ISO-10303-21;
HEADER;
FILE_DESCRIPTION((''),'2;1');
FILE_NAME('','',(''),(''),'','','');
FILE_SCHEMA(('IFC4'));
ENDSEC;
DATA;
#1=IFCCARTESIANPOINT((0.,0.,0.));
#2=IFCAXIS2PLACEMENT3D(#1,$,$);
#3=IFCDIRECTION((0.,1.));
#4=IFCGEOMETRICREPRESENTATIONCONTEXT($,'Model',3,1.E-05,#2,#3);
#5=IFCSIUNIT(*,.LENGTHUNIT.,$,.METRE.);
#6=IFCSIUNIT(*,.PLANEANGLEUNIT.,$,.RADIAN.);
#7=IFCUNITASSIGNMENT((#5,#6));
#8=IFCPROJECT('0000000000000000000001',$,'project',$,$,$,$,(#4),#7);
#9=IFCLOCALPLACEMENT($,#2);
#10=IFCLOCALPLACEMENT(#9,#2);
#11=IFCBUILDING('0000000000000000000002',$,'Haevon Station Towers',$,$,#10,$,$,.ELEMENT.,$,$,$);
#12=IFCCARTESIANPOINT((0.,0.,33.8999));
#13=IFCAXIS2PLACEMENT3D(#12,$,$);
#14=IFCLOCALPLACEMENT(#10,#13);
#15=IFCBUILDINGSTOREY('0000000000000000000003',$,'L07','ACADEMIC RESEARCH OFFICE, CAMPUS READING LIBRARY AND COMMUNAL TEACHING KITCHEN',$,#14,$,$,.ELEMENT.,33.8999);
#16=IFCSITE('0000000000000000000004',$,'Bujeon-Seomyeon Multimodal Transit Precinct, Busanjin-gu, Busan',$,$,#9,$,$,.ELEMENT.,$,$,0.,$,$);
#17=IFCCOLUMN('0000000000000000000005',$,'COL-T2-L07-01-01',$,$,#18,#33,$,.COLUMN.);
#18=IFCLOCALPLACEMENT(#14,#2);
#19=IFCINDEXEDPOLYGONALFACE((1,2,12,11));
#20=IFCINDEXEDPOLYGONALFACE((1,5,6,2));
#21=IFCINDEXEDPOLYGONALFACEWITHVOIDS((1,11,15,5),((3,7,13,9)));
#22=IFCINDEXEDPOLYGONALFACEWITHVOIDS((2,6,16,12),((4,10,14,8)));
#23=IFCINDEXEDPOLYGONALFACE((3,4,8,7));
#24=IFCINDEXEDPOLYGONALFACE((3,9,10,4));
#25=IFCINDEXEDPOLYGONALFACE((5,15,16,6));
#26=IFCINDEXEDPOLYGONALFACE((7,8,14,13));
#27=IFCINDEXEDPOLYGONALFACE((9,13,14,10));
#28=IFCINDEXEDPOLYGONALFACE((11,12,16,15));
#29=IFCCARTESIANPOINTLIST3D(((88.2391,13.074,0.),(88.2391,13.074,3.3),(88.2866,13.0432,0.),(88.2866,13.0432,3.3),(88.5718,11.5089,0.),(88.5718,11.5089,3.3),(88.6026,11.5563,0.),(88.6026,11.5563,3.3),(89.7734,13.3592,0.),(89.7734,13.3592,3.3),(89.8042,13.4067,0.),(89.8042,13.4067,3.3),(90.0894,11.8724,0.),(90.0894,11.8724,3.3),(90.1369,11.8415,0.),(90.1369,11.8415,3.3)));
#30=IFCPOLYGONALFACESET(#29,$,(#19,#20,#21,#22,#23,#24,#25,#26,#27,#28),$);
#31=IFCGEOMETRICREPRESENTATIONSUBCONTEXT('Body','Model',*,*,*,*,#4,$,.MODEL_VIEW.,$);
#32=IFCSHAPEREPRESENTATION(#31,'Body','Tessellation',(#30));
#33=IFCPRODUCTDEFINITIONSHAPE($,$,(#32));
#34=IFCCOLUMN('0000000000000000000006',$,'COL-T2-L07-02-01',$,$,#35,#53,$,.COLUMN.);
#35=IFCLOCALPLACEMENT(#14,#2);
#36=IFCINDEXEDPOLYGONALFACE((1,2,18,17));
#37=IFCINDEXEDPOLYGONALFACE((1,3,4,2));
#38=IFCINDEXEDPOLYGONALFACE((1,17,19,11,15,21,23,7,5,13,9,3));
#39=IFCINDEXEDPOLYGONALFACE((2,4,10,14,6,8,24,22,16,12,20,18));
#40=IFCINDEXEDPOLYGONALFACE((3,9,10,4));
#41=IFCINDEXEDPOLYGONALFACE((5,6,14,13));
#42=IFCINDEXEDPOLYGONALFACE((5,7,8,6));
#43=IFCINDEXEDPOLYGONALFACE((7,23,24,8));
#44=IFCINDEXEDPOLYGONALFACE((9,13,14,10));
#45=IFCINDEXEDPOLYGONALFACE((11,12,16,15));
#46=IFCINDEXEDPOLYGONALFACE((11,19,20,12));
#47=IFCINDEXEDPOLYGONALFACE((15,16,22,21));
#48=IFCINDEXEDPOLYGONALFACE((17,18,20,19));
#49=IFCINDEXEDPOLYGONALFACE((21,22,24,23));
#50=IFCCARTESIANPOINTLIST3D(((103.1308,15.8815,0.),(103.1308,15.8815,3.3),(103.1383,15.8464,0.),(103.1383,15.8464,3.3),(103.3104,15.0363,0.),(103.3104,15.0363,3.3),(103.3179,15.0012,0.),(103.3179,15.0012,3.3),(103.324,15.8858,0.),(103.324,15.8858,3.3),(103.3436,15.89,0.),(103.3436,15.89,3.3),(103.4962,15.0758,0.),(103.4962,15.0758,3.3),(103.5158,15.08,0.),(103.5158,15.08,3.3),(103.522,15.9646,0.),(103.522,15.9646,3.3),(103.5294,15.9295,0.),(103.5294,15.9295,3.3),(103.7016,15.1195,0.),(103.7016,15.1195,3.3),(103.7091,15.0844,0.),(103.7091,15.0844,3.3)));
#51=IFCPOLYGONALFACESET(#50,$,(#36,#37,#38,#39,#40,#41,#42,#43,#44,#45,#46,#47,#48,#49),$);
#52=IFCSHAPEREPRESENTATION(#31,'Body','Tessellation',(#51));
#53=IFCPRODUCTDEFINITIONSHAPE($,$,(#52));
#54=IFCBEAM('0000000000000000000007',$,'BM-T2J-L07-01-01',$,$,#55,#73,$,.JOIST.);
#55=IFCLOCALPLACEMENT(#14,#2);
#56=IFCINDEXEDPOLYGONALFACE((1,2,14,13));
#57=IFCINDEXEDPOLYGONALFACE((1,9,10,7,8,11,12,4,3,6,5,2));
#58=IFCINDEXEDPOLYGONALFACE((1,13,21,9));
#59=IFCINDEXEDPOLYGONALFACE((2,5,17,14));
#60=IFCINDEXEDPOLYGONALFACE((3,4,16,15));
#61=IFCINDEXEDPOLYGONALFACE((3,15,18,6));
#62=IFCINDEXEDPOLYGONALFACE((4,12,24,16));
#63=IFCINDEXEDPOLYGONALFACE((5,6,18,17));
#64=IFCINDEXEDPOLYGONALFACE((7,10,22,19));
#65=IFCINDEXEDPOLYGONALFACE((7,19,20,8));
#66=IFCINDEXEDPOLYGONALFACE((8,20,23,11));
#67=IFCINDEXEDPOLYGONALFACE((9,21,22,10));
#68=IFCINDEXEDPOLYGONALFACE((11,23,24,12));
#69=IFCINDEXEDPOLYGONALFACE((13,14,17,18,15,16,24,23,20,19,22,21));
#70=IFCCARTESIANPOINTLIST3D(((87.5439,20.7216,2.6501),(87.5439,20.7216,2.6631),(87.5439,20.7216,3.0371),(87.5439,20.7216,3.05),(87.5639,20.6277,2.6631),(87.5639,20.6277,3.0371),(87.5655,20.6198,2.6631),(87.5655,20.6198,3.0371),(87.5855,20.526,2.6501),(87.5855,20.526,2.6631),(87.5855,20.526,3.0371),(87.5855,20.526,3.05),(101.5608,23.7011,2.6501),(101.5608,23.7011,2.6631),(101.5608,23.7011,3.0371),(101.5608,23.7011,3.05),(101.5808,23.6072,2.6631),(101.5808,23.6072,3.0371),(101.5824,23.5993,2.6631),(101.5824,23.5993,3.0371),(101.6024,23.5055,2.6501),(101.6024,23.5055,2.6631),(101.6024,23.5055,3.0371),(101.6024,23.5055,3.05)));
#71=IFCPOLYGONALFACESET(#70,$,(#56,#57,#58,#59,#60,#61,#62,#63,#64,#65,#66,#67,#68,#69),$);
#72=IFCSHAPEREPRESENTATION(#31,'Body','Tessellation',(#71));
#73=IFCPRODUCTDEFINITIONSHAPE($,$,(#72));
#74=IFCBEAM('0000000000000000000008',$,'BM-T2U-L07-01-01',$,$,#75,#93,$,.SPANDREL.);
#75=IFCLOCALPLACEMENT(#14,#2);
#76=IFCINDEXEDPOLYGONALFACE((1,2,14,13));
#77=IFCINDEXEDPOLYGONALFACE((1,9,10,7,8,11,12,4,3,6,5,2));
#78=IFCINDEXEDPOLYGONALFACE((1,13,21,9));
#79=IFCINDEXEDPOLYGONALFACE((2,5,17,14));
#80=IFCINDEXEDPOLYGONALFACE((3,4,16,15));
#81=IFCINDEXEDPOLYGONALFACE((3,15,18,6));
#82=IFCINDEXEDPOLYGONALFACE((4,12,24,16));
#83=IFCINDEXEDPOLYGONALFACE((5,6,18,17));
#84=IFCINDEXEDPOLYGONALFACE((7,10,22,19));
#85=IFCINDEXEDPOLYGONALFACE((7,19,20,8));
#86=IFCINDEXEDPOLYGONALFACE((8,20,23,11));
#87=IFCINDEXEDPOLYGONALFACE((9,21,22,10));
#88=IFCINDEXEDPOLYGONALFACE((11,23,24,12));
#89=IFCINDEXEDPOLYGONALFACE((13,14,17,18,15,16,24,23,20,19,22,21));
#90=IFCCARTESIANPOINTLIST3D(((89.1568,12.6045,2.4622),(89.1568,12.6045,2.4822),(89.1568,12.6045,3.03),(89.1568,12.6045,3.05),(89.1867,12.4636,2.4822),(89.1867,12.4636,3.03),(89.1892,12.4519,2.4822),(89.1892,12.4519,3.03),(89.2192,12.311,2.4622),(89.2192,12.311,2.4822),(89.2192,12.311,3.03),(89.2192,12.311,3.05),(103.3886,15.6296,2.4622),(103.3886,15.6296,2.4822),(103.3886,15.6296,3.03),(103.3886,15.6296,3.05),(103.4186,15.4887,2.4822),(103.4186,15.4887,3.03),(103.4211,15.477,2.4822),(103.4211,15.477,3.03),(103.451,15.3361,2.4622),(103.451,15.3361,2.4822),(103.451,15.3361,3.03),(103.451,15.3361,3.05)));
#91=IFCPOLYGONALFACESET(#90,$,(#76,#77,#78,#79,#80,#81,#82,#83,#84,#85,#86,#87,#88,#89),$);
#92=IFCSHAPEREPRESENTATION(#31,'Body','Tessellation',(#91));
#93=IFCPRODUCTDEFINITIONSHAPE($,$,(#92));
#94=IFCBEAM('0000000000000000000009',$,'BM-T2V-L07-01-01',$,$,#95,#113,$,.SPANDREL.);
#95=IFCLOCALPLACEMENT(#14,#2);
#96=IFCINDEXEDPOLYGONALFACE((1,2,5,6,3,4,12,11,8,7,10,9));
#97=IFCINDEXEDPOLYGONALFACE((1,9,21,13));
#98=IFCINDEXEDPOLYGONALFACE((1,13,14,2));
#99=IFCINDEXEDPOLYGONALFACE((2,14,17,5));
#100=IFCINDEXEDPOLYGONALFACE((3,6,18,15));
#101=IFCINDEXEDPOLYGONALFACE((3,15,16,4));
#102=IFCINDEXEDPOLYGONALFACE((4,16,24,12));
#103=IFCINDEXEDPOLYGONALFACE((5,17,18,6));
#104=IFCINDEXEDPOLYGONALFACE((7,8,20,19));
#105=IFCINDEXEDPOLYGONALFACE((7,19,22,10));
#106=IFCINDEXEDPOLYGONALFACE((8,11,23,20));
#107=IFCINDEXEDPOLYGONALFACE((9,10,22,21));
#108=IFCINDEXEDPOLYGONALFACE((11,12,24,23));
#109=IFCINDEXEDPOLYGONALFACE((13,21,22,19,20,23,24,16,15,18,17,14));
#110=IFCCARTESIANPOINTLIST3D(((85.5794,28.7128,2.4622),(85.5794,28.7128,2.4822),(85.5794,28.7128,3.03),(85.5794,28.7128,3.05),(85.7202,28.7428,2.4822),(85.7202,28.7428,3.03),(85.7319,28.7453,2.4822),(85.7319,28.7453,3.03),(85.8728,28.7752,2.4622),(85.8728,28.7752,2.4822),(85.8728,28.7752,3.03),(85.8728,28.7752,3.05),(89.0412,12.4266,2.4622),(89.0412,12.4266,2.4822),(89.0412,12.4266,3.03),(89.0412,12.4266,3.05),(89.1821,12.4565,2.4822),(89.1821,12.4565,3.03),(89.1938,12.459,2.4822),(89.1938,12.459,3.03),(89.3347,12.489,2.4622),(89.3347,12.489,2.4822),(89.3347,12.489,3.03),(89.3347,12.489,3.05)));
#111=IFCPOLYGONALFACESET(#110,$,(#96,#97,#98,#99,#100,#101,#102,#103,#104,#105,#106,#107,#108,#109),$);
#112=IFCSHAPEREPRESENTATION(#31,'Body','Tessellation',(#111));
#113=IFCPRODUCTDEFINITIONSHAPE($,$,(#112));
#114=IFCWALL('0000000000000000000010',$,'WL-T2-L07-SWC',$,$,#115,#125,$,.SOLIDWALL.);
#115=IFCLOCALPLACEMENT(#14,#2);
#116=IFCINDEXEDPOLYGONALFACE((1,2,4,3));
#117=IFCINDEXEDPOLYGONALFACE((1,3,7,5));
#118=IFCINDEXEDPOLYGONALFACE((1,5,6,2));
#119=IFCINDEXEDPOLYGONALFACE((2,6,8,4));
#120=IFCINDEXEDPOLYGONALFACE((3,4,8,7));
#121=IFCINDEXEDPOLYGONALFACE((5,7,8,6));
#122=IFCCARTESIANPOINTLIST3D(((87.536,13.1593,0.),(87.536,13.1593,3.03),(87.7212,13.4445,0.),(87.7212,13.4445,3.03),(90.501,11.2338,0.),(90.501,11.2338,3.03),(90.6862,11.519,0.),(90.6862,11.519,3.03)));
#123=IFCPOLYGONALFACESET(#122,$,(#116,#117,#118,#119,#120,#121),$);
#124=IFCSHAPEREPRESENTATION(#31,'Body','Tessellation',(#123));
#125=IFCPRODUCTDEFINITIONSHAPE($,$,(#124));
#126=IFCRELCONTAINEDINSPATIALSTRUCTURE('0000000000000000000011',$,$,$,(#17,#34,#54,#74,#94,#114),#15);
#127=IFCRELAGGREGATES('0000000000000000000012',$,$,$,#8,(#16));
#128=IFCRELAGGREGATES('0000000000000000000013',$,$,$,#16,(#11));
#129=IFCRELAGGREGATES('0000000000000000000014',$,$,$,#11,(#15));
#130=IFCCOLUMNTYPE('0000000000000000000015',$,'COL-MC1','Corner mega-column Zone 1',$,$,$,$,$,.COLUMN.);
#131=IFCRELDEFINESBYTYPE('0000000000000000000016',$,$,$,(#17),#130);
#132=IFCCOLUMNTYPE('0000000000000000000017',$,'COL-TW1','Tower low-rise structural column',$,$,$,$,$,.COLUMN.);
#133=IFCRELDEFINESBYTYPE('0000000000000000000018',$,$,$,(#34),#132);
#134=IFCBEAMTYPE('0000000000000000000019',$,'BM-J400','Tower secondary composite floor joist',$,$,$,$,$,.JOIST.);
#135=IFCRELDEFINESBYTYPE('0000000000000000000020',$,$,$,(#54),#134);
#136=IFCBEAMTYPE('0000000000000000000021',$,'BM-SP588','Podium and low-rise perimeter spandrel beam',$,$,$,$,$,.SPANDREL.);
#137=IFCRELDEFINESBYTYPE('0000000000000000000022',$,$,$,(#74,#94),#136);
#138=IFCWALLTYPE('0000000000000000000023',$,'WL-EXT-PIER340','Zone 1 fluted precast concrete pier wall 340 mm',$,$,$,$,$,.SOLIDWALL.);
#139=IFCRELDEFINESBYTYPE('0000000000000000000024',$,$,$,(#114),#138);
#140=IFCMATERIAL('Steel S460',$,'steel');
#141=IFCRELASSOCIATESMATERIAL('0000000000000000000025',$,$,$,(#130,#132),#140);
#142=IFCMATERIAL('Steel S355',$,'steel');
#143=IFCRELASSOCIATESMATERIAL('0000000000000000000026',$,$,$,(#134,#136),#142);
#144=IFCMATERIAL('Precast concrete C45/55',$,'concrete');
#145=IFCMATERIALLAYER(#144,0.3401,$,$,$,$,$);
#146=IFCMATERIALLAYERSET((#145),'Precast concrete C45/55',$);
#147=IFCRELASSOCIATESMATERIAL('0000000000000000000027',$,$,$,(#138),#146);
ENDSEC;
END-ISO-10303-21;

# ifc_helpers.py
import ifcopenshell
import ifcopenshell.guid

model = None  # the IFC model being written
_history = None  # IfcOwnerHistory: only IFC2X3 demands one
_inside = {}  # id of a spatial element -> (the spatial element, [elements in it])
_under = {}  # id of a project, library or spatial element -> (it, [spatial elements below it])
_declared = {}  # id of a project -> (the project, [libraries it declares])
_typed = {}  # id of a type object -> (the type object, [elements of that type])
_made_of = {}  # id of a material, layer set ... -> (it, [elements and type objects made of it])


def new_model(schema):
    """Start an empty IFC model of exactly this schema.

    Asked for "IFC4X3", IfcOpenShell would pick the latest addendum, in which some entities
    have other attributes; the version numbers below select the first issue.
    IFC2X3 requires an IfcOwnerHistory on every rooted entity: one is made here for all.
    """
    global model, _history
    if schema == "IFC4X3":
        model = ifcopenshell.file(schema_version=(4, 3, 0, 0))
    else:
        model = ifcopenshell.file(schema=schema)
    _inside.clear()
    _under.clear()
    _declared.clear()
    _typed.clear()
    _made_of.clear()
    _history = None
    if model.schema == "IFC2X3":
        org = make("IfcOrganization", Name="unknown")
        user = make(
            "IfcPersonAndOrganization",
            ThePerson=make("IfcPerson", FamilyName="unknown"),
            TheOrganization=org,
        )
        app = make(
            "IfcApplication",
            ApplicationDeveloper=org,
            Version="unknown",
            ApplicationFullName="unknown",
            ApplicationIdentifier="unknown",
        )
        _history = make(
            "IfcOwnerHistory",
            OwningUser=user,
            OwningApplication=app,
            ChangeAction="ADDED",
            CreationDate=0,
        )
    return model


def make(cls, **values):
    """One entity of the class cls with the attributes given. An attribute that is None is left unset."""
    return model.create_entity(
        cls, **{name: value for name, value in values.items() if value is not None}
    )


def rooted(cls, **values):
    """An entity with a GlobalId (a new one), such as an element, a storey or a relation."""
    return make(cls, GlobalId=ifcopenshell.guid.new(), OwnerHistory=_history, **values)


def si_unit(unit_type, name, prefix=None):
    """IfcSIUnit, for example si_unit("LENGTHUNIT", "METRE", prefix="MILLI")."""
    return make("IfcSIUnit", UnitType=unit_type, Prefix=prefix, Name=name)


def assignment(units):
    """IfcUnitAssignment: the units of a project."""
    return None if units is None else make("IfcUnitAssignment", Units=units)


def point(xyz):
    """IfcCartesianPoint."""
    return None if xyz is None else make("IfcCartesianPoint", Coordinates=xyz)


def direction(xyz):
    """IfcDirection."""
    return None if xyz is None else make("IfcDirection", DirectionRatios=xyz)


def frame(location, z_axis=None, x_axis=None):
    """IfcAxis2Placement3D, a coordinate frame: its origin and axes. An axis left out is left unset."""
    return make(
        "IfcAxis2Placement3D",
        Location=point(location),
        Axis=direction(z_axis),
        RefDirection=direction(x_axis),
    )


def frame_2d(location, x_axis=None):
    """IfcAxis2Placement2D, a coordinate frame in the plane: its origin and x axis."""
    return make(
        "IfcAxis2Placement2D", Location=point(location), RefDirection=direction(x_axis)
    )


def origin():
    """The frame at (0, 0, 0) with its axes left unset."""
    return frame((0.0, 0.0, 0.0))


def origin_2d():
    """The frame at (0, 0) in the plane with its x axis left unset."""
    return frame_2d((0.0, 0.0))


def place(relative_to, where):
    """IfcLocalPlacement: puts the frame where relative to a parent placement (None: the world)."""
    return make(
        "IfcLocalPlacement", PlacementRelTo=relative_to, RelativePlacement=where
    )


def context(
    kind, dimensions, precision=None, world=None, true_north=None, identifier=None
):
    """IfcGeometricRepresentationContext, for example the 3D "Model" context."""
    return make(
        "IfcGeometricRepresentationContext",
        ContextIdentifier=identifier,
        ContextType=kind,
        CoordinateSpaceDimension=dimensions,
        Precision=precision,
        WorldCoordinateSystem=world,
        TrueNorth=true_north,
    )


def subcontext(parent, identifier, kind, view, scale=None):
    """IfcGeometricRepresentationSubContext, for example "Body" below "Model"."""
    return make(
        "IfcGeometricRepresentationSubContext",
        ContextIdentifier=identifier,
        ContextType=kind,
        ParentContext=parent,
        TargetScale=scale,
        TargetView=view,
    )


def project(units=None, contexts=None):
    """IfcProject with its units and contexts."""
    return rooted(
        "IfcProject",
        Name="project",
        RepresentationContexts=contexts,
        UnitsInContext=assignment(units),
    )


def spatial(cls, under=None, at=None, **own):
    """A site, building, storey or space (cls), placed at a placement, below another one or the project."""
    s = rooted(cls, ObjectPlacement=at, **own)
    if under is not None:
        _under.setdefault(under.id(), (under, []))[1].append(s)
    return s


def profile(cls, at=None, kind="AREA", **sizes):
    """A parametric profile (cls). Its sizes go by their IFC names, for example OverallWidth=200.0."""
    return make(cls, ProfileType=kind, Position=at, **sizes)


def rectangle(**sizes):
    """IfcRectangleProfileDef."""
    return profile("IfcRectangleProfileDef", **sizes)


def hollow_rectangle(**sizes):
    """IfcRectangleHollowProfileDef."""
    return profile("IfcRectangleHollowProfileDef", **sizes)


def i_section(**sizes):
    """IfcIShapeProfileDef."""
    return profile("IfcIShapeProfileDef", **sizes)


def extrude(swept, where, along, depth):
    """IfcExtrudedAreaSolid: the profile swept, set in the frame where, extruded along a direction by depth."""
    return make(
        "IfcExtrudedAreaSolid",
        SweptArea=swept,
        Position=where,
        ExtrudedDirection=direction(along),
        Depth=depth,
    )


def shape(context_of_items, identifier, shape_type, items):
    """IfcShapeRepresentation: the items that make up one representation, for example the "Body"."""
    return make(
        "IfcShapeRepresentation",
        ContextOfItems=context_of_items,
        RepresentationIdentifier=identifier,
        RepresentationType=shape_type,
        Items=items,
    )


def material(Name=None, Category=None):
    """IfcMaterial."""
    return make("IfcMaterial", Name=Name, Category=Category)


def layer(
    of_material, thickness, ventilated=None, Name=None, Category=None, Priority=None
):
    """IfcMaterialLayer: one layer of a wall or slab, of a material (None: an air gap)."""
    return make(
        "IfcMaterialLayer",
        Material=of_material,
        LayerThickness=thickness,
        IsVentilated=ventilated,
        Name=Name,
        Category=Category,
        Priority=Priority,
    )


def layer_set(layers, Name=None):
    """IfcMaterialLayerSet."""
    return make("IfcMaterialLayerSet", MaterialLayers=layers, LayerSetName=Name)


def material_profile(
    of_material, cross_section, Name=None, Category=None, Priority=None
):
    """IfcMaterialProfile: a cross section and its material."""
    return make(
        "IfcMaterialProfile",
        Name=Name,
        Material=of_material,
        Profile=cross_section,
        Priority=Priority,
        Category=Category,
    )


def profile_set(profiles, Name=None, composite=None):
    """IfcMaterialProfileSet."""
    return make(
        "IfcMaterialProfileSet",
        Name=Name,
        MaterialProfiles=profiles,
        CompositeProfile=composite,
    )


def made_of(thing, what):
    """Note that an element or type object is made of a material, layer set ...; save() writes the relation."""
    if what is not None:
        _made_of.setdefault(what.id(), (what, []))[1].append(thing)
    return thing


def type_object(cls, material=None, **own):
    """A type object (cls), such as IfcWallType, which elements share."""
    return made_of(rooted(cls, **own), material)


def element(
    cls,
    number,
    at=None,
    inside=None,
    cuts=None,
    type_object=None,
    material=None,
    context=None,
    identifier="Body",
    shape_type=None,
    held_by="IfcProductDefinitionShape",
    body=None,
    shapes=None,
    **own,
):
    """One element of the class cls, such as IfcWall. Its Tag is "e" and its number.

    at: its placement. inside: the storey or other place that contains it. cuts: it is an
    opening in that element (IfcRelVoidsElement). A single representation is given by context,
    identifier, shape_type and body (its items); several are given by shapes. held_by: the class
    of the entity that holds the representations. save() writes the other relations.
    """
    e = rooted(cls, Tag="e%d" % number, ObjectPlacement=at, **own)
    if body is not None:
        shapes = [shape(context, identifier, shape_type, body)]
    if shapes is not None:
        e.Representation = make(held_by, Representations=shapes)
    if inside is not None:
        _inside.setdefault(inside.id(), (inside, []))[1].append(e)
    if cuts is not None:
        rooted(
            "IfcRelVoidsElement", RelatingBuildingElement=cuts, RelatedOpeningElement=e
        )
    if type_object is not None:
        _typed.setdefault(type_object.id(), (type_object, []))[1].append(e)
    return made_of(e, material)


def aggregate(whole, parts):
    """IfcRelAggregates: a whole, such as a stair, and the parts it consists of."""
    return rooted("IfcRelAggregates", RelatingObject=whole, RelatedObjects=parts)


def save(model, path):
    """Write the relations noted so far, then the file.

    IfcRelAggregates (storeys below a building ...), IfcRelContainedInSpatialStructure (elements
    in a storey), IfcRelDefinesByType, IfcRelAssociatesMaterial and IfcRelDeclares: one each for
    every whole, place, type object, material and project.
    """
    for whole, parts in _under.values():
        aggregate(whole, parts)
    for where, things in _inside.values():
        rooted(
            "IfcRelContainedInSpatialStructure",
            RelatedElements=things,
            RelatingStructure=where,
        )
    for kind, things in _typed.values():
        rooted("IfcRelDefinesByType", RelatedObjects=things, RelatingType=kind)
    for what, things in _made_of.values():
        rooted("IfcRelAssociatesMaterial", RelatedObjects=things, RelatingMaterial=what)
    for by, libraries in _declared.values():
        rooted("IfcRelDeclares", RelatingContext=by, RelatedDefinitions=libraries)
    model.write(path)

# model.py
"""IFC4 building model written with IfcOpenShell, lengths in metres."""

from ifc_helpers import new_model, si_unit, direction, frame, frame_2d, origin, origin_2d, place, context, subcontext, project, spatial, rectangle, hollow_rectangle, i_section, extrude, material, layer, layer_set, material_profile, profile_set, type_object, element, save


model = new_model("IFC4")

# Units and contexts
model_context = context("Model", 3, precision=1e-05, world=origin(), true_north=direction((0.0, 1.0)))
body_context = subcontext(model_context, "Body", "Model", "MODEL_VIEW")
ifc_project = project(units=[si_unit("LENGTHUNIT", "METRE"), si_unit("PLANEANGLEUNIT", "RADIAN")], contexts=[model_context])

# Site, building, storey
site_placement = place(None, origin())
site = spatial("IfcSite", under=ifc_project, at=site_placement, Name="Bujeon-Seomyeon Multimodal Transit Precinct, Busanjin-gu, Busan", CompositionType="ELEMENT", RefElevation=0.0)
building_placement = place(site_placement, origin())
building = spatial("IfcBuilding", under=site, at=building_placement, Name="Haevon Station Towers", CompositionType="ELEMENT")
storey_placement = place(building_placement, frame((0.0, 0.0, 33.8999)))
storey = spatial("IfcBuildingStorey", under=building, at=storey_placement, Name="L07", Description="ACADEMIC RESEARCH OFFICE, CAMPUS READING LIBRARY AND COMMUNAL TEACHING KITCHEN", CompositionType="ELEMENT", Elevation=33.8999)

# Columns
ifc_material_1 = material(Name="Steel S460", Category="steel")
ifc_material_profile_1 = material_profile(ifc_material_1, hollow_rectangle(XDim=1.6001, YDim=1.6001, WallThickness=0.04, at=origin_2d()), Name="BOX-1600x1600x40")
ifc_profile_set_1 = profile_set([ifc_material_profile_1], Name="Steel S460")
column_type_1 = type_object("IfcColumnType", Name="COL-MC1", Description="Corner mega-column Zone 1", PredefinedType="COLUMN", material=ifc_profile_set_1)
column_1_placement = place(storey_placement, frame((89.188, 12.4578, 0.0), z_axis=(0.0, 0.0, 1.0), x_axis=(0.978148, 0.207912, 0.0)))
element("IfcColumn", 1, at=column_1_placement, inside=storey, type_object=column_type_1, Name="COL-T2-L07-01-01", PredefinedType="COLUMN", context=body_context, shape_type="SweptSolid", body=[
    extrude(hollow_rectangle(XDim=1.6001, YDim=1.6001, WallThickness=0.04, at=origin_2d()), origin(), (0.0, 0.0, 1.0), 3.3),
])
ifc_material_profile_2 = material_profile(ifc_material_1, i_section(OverallWidth=0.3999, OverallDepth=0.8999, WebThickness=0.02, FlangeThickness=0.0359, at=origin_2d()), Name="H-900x400x20x36")
ifc_profile_set_2 = profile_set([ifc_material_profile_2], Name="Steel S460")
column_type_2 = type_object("IfcColumnType", Name="COL-TW1", Description="Tower low-rise structural column", PredefinedType="COLUMN", material=ifc_profile_set_2)
column_2_placement = place(storey_placement, frame((103.4199, 15.4829, 0.0), z_axis=(0.0, 0.0, 1.0), x_axis=(0.978148, 0.207912, 0.0)))
element("IfcColumn", 2, at=column_2_placement, inside=storey, type_object=column_type_2, Name="COL-T2-L07-02-01", PredefinedType="COLUMN", context=body_context, shape_type="SweptSolid", body=[
    extrude(i_section(OverallWidth=0.3999, OverallDepth=0.8999, WebThickness=0.02, FlangeThickness=0.0359, at=origin_2d()), origin(), (0.0, 0.0, 1.0), 3.3),
])

# Beams
ifc_material_2 = material(Name="Steel S355", Category="steel")
ifc_material_profile_3 = material_profile(ifc_material_2, i_section(OverallWidth=0.2, OverallDepth=0.3999, WebThickness=0.0081, FlangeThickness=0.0129, at=origin_2d()), Name="H-400x200x8x13")
ifc_profile_set_3 = profile_set([ifc_material_profile_3], Name="Steel S355")
beam_type_1 = type_object("IfcBeamType", Name="BM-J400", Description="Tower secondary composite floor joist", PredefinedType="JOIST", material=ifc_profile_set_3)
beam_1_placement = place(storey_placement, frame((87.5647, 20.6238, 2.8501), z_axis=(0.978146, 0.20792, 0.0), x_axis=(-0.20792, 0.978146, 0.0)))
element("IfcBeam", 3, at=beam_1_placement, inside=storey, type_object=beam_type_1, Name="BM-T2J-L07-01-01", PredefinedType="JOIST", context=body_context, shape_type="SweptSolid", body=[
    extrude(i_section(OverallWidth=0.2, OverallDepth=0.3999, WebThickness=0.0081, FlangeThickness=0.0129, at=origin_2d()), origin(), (0.0, 0.0, 1.0), 14.3301),
])
ifc_material_profile_4 = material_profile(ifc_material_2, i_section(OverallWidth=0.3, OverallDepth=0.5879, WebThickness=0.012, FlangeThickness=0.02, at=origin_2d()), Name="H-588x300x12x20")
ifc_profile_set_4 = profile_set([ifc_material_profile_4], Name="Steel S355")
beam_type_2 = type_object("IfcBeamType", Name="BM-SP588", Description="Podium and low-rise perimeter spandrel beam", PredefinedType="SPANDREL", material=ifc_profile_set_4)
beam_2_placement = place(storey_placement, frame((89.188, 12.4578, 2.7561), z_axis=(0.978147, 0.207915, 0.0), x_axis=(-0.207915, 0.978147, 0.0)))
element("IfcBeam", 4, at=beam_2_placement, inside=storey, type_object=beam_type_2, Name="BM-T2U-L07-01-01", PredefinedType="SPANDREL", context=body_context, shape_type="SweptSolid", body=[
    extrude(i_section(OverallWidth=0.3, OverallDepth=0.5879, WebThickness=0.012, FlangeThickness=0.02, at=origin_2d()), origin(), (0.0, 0.0, 1.0), 14.5498),
])
beam_3_placement = place(storey_placement, frame((89.188, 12.4578, 2.7561), z_axis=(-0.20792, 0.978146, 0.0), x_axis=(-0.978146, -0.20792, 0.0)))
element("IfcBeam", 5, at=beam_3_placement, inside=storey, type_object=beam_type_2, Name="BM-T2V-L07-01-01", PredefinedType="SPANDREL", context=body_context, shape_type="SweptSolid", body=[
    extrude(i_section(OverallWidth=0.3, OverallDepth=0.5879, WebThickness=0.012, FlangeThickness=0.02, at=origin_2d()), origin(), (0.0, 0.0, 1.0), 16.6501),
])

# Wall
ifc_material_3 = material(Name="Precast concrete C45/55", Category="concrete")
ifc_layer_1 = layer(ifc_material_3, 0.3401)
ifc_layer_set_1 = layer_set([ifc_layer_1], Name="Precast concrete C45/55")
wall_type_1 = type_object("IfcWallType", Name="WL-EXT-PIER340", Description="Zone 1 fluted precast concrete pier wall 340 mm", PredefinedType="SOLIDWALL", material=ifc_layer_set_1)
wall_1_placement = place(storey_placement, frame((90.5935, 11.3765, 0.0), z_axis=(0.0, 0.0, 1.0), x_axis=(-0.838672, 0.544636, 0.0)))
element("IfcWall", 6, at=wall_1_placement, inside=storey, type_object=wall_type_1, Name="WL-T2-L07-SWC", PredefinedType="SOLIDWALL", context=body_context, shape_type="SweptSolid", body=[
    extrude(rectangle(XDim=3.5354, YDim=0.3401, at=frame_2d((1.7676, 0.0))), origin(), (0.0, 0.0, 1.0), 3.03),
])

save(model, "model.ifc")
